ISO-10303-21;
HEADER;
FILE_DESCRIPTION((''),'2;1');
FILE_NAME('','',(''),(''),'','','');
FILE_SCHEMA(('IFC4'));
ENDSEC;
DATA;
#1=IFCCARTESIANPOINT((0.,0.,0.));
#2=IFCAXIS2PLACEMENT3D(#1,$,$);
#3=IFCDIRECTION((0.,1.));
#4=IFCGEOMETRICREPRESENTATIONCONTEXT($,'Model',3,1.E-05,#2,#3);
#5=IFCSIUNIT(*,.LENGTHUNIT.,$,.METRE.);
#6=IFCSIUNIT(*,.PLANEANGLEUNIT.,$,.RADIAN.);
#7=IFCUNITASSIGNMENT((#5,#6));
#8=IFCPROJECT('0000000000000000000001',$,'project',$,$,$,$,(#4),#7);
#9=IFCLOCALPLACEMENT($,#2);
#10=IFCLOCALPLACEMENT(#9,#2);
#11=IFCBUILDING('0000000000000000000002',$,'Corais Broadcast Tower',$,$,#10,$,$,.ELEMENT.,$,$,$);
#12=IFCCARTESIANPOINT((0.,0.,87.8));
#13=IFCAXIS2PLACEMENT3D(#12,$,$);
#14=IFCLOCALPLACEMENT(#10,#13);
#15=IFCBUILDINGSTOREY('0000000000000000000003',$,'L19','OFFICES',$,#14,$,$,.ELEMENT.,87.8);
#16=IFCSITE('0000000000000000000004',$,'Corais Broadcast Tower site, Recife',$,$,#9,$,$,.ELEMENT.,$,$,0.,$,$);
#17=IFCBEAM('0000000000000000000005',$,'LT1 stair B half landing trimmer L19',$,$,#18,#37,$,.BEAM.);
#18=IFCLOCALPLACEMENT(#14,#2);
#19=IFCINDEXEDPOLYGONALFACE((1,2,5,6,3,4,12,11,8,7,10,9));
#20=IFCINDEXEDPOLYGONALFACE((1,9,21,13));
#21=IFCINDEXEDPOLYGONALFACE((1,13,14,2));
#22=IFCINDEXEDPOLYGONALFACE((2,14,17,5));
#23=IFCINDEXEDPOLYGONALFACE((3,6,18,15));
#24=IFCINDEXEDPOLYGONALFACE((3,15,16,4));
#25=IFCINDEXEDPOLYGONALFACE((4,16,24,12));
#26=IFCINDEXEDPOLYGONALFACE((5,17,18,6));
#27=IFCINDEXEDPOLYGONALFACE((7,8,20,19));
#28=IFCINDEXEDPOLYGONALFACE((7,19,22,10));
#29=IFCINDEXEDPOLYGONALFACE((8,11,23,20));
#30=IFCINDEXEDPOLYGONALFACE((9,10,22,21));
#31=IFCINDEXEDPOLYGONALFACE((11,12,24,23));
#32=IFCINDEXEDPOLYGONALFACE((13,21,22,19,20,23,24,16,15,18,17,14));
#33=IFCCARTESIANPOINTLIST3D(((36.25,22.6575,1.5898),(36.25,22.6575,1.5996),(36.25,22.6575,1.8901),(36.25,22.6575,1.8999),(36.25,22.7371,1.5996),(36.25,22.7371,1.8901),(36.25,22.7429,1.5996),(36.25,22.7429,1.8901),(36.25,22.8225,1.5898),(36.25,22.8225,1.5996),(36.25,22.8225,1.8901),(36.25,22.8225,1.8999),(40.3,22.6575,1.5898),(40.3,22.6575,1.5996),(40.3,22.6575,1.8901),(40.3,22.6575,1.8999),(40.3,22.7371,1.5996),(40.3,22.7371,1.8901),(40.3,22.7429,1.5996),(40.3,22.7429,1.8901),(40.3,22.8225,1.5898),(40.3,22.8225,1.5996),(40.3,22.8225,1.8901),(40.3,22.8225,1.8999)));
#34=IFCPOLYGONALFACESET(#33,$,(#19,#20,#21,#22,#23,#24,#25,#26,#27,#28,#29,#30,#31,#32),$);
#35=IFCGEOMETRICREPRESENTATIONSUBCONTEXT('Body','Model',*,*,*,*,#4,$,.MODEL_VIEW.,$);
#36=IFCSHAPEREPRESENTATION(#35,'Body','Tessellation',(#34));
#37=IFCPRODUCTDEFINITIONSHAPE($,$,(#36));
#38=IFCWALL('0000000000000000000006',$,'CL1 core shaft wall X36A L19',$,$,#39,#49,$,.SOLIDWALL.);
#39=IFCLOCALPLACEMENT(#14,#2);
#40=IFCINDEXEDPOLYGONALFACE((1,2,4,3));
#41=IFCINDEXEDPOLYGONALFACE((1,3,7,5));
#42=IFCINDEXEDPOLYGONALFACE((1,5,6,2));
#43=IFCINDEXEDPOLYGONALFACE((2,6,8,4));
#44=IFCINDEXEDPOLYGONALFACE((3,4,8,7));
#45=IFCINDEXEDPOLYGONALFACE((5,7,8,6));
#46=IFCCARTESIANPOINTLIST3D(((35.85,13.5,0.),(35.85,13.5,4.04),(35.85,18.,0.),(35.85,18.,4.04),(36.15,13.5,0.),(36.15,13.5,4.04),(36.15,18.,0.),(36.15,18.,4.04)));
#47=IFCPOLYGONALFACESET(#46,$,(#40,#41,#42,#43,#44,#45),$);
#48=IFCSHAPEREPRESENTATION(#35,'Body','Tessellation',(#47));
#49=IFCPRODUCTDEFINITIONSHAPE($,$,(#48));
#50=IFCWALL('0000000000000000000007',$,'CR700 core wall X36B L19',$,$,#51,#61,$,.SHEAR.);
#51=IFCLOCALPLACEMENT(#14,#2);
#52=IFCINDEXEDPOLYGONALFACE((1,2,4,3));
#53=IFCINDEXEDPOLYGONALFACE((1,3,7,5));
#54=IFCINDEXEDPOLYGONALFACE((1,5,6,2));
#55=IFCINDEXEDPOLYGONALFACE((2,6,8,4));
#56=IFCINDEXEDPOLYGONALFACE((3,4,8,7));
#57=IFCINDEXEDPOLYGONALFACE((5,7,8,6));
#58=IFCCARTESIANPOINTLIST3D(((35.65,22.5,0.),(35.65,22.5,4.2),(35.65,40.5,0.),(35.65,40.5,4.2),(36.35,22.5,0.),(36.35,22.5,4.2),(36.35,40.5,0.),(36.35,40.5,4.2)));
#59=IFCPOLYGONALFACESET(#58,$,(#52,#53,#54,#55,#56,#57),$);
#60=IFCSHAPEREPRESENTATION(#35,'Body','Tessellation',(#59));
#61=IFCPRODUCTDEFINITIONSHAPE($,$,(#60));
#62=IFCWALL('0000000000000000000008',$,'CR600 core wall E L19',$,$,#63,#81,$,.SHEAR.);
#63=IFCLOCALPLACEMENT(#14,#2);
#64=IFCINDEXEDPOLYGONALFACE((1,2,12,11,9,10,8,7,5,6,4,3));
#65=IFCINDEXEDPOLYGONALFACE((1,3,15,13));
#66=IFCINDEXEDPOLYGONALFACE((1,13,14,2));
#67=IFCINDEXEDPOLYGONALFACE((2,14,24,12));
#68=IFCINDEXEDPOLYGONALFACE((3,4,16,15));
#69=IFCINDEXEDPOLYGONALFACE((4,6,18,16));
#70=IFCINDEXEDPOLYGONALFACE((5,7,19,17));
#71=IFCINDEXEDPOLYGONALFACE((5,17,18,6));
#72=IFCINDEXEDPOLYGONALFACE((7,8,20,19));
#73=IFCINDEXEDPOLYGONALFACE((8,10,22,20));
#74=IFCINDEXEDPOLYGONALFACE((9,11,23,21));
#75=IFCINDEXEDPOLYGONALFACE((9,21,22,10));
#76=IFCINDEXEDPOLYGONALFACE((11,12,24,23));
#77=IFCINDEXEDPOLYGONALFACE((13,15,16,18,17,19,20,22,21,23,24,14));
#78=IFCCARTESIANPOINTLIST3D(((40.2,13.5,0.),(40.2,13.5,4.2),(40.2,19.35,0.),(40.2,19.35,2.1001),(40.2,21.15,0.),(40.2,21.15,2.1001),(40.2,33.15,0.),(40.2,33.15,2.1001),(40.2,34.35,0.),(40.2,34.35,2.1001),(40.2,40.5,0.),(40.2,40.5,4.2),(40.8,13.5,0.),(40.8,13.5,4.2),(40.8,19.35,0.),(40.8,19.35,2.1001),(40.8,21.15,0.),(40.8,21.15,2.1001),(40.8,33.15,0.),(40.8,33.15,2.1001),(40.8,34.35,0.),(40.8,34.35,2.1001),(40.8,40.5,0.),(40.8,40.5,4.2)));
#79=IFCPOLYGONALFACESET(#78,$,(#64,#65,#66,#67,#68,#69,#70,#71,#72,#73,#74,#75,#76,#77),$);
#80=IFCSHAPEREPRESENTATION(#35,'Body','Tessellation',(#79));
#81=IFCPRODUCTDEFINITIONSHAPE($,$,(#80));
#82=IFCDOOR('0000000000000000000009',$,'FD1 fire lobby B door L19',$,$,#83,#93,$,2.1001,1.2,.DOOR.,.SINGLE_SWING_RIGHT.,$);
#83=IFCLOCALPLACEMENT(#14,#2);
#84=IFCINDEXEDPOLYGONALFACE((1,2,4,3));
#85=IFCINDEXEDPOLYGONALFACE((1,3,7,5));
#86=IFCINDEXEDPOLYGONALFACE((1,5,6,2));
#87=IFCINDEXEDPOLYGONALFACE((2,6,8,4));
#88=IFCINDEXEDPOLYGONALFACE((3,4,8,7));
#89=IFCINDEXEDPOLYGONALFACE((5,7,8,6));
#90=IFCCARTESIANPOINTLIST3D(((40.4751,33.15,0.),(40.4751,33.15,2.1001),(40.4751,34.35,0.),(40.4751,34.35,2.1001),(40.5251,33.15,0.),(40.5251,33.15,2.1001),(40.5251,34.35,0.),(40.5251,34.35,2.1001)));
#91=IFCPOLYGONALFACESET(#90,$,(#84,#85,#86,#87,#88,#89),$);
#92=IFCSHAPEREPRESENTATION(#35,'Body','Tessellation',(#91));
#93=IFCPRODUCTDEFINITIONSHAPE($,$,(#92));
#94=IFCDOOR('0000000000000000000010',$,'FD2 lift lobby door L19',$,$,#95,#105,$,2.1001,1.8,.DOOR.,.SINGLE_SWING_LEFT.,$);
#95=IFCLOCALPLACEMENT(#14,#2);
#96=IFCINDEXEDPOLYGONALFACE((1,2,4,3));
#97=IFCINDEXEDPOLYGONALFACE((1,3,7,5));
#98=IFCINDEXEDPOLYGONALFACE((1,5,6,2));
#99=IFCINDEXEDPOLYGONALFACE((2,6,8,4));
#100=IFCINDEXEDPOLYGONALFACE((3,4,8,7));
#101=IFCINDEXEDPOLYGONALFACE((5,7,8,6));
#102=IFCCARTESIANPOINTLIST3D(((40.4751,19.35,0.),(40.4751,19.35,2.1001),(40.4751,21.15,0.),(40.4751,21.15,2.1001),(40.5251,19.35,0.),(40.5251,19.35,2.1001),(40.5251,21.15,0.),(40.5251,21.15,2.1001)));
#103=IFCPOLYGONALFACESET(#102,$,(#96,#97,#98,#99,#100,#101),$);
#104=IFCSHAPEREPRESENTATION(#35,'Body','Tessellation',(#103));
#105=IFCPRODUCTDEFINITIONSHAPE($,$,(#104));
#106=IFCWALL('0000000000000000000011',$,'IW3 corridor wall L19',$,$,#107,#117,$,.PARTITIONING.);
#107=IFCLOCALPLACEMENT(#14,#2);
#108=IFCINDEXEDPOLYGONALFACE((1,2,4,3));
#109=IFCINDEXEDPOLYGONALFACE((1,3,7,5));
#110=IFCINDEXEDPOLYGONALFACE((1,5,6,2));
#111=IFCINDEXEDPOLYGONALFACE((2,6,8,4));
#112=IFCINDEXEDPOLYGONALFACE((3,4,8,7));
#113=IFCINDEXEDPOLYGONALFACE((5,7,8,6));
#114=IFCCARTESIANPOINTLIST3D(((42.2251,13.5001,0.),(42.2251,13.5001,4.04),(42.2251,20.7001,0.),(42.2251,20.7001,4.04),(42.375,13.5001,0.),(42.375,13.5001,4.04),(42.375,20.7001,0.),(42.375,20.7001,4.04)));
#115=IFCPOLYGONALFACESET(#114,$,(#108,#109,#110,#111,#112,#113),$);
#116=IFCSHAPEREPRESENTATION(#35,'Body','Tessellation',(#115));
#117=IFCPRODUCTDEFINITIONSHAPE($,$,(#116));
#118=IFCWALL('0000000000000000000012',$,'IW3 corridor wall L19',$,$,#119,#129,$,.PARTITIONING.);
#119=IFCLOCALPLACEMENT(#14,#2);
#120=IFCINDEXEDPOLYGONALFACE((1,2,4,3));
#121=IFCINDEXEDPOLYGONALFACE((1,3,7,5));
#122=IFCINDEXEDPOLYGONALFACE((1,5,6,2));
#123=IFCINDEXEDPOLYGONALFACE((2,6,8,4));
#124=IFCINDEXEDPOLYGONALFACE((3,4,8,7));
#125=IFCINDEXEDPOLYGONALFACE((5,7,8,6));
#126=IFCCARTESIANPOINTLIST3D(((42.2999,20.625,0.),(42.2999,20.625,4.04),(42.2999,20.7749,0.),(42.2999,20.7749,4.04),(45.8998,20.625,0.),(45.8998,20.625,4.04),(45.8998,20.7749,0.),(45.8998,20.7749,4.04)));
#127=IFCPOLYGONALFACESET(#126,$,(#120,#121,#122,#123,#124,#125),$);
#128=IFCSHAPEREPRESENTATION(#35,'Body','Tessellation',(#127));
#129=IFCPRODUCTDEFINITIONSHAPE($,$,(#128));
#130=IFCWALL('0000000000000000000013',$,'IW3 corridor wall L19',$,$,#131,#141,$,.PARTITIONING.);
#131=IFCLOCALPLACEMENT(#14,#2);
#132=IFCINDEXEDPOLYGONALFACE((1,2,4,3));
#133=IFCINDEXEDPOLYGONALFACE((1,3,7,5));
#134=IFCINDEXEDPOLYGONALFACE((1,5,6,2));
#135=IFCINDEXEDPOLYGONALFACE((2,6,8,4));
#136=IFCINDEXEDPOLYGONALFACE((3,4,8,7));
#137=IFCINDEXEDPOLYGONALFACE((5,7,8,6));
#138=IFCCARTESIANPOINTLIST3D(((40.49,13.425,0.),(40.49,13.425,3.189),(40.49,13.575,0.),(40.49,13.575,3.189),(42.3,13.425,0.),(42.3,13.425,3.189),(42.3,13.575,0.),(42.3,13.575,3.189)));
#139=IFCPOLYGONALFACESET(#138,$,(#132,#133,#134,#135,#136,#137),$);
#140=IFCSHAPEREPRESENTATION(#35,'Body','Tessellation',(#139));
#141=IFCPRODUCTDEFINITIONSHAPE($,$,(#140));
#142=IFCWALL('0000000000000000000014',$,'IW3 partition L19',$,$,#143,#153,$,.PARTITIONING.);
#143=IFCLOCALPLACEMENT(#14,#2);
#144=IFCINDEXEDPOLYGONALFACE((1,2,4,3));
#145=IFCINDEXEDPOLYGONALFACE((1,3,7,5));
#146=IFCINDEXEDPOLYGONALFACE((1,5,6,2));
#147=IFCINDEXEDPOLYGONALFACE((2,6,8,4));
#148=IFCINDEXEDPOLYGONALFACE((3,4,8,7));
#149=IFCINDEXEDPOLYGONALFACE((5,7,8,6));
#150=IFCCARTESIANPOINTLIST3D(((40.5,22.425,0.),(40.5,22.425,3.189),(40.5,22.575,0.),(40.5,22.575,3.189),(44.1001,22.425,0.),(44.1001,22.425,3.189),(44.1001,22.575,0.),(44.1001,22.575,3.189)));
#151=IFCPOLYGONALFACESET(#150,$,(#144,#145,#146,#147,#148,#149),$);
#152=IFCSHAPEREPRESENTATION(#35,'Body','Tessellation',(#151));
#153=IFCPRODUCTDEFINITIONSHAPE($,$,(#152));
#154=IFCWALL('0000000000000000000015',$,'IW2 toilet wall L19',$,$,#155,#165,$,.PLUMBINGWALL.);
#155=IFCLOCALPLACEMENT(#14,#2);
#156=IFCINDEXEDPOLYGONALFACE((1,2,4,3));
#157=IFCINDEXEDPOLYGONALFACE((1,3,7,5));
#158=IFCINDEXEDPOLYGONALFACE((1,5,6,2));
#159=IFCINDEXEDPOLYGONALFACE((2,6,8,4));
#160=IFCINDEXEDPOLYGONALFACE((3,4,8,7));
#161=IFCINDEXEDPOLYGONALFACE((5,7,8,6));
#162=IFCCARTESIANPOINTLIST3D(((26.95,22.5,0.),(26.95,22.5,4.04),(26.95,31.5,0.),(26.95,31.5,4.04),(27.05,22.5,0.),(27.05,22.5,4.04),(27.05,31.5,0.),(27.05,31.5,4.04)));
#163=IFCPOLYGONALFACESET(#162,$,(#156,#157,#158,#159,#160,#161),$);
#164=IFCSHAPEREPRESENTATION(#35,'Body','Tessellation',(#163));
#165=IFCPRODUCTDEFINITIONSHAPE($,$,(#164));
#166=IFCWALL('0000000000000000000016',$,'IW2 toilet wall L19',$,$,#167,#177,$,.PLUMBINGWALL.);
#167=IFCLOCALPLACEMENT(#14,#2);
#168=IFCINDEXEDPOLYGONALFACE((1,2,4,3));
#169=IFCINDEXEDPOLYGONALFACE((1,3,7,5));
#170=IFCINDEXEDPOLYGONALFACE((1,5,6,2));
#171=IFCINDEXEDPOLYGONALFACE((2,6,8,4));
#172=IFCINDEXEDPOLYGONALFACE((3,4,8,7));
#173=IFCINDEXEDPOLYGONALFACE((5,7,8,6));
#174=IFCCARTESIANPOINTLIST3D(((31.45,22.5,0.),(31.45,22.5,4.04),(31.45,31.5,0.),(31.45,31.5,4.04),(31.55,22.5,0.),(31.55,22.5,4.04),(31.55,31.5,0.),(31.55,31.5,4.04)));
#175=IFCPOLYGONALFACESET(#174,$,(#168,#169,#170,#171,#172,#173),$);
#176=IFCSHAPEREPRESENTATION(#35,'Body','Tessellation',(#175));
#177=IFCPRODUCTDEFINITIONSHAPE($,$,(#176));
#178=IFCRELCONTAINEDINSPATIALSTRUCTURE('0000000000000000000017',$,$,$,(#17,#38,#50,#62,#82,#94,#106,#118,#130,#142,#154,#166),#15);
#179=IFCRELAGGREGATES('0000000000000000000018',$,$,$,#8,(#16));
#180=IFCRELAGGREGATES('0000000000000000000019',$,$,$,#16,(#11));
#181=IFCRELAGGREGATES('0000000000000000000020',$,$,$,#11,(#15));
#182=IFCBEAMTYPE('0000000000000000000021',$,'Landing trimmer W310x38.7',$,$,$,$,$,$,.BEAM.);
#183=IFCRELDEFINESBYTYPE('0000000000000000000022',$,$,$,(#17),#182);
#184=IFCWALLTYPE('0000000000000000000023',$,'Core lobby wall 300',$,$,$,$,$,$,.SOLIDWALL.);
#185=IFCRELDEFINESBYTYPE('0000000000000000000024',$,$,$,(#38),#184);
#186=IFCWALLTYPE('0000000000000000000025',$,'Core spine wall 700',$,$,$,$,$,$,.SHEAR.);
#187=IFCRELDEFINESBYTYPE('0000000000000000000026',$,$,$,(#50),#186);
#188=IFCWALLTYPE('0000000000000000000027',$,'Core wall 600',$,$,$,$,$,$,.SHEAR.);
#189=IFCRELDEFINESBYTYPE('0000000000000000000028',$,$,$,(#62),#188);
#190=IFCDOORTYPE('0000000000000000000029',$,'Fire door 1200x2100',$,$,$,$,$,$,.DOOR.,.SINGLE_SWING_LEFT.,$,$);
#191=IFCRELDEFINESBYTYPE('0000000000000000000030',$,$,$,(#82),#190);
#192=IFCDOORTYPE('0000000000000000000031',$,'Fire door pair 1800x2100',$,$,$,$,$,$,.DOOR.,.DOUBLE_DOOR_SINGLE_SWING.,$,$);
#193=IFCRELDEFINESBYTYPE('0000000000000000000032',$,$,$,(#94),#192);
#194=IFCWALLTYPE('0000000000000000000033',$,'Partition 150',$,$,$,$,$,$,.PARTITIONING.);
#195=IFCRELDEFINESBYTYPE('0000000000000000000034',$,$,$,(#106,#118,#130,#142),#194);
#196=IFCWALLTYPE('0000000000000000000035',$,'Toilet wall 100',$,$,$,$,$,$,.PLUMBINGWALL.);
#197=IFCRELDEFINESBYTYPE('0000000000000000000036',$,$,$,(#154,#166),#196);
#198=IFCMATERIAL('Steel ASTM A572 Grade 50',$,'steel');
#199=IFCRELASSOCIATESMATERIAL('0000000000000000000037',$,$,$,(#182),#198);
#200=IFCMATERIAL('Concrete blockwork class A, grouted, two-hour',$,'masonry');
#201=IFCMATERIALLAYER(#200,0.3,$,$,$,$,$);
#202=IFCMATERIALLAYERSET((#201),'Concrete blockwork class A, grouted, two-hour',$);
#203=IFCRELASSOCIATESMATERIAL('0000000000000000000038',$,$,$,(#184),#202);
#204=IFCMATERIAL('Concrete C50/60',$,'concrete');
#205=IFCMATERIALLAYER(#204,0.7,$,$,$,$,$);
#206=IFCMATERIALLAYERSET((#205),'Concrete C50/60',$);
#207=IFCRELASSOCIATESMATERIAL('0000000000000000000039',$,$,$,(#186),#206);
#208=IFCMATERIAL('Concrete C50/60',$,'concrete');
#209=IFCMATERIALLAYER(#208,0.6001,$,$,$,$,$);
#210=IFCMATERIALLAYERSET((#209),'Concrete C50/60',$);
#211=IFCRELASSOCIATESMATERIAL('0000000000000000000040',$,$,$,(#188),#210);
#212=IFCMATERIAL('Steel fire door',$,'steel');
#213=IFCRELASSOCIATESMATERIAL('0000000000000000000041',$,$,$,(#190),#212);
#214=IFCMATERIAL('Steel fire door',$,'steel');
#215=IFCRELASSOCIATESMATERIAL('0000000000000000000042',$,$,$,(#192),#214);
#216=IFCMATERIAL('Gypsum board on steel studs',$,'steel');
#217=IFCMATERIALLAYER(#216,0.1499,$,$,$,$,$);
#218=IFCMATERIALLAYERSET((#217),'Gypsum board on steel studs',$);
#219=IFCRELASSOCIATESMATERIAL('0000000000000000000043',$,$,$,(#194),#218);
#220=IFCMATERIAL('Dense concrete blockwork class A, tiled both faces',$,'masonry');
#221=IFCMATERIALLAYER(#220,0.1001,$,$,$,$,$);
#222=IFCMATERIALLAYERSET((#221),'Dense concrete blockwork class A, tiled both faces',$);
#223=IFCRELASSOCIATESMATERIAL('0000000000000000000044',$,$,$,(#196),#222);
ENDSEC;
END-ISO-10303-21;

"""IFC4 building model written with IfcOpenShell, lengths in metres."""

from ifc_helpers import new_model, si_unit, direction, frame, frame_2d, origin, origin_2d, place, context, subcontext, project, spatial, rectangle, i_section, extrude, material, layer, layer_set, material_profile, profile_set, type_object, element, fill, save


model = new_model("IFC4")

# Units and contexts
model_context = context("Model", 3, precision=1e-05, world=origin(), true_north=direction((0.0, 1.0)))
body_context = subcontext(model_context, "Body", "Model", "MODEL_VIEW")
ifc_project = project(units=[si_unit("LENGTHUNIT", "METRE"), si_unit("PLANEANGLEUNIT", "RADIAN")], contexts=[model_context])

# Site, building, storey
site_placement = place(None, origin())
site = spatial("IfcSite", under=ifc_project, at=site_placement, Name="Corais Broadcast Tower site, Recife", CompositionType="ELEMENT", RefElevation=0.0)
building_placement = place(site_placement, origin())
building = spatial("IfcBuilding", under=site, at=building_placement, Name="Corais Broadcast Tower", CompositionType="ELEMENT")
storey_placement = place(building_placement, frame((0.0, 0.0, 87.8)))
storey = spatial("IfcBuildingStorey", under=building, at=storey_placement, Name="L19", Description="OFFICES", CompositionType="ELEMENT", Elevation=87.8)

# Beam
ifc_material_1 = material(Name="Steel ASTM A572 Grade 50", Category="steel")
ifc_material_profile = material_profile(ifc_material_1, i_section(OverallWidth=0.165, OverallDepth=0.3101, WebThickness=0.0059, FlangeThickness=0.0098, at=origin_2d()), Name="W310x38.7")
ifc_profile_set = profile_set([ifc_material_profile], Name="Steel ASTM A572 Grade 50")
beam_type = type_object("IfcBeamType", Name="Landing trimmer W310x38.7", PredefinedType="BEAM", material=ifc_profile_set)
beam_placement = place(storey_placement, frame((36.25, 22.74, 1.7449), z_axis=(1.0, 0.0, 0.0), x_axis=(0.0, 1.0, 0.0)))
element("IfcBeam", 1, at=beam_placement, inside=storey, type_object=beam_type, Name="LT1 stair B half landing trimmer L19", PredefinedType="BEAM", context=body_context, shape_type="SweptSolid", body=[
    extrude(i_section(OverallWidth=0.165, OverallDepth=0.3101, WebThickness=0.0059, FlangeThickness=0.0098, at=origin_2d()), origin(), (0.0, 0.0, 1.0), 4.05),
])

# Walls
ifc_material_2 = material(Name="Concrete blockwork class A, grouted, two-hour", Category="masonry")
ifc_layer_1 = layer(ifc_material_2, 0.3)
ifc_layer_set_1 = layer_set([ifc_layer_1], Name="Concrete blockwork class A, grouted, two-hour")
wall_type_1 = type_object("IfcWallType", Name="Core lobby wall 300", PredefinedType="SOLIDWALL", material=ifc_layer_set_1)
wall_1_placement = place(storey_placement, frame((36.0, 13.5, 0.0), z_axis=(0.0, 0.0, 1.0), x_axis=(0.0, 1.0, 0.0)))
element("IfcWall", 2, at=wall_1_placement, inside=storey, type_object=wall_type_1, Name="CL1 core shaft wall X36A L19", PredefinedType="SOLIDWALL", context=body_context, shape_type="SweptSolid", body=[
    extrude(rectangle(XDim=4.5, YDim=0.3, at=frame_2d((2.25, 0.0))), origin(), (0.0, 0.0, 1.0), 4.04),
])
ifc_material_3 = material(Name="Concrete C50/60", Category="concrete")
ifc_layer_2 = layer(ifc_material_3, 0.7)
ifc_layer_set_2 = layer_set([ifc_layer_2], Name="Concrete C50/60")
wall_type_2 = type_object("IfcWallType", Name="Core spine wall 700", PredefinedType="SHEAR", material=ifc_layer_set_2)
wall_2_placement = place(storey_placement, frame((36.0, 22.5, 0.0), z_axis=(0.0, 0.0, 1.0), x_axis=(0.0, 1.0, 0.0)))
element("IfcWall", 3, at=wall_2_placement, inside=storey, type_object=wall_type_2, Name="CR700 core wall X36B L19", PredefinedType="SHEAR", context=body_context, shape_type="SweptSolid", body=[
    extrude(rectangle(XDim=18.0, YDim=0.7, at=frame_2d((9.0, 0.0))), origin(), (0.0, 0.0, 1.0), 4.2),
])

# Wall, openings, doors
ifc_material_4 = material(Name="Concrete C50/60", Category="concrete")
ifc_layer_3 = layer(ifc_material_4, 0.6001)
ifc_layer_set_3 = layer_set([ifc_layer_3], Name="Concrete C50/60")
wall_type_3 = type_object("IfcWallType", Name="Core wall 600", PredefinedType="SHEAR", material=ifc_layer_set_3)
wall_3_placement = place(storey_placement, frame((40.5, 13.5, 0.0), z_axis=(0.0, 0.0, 1.0), x_axis=(0.0, 1.0, 0.0)))
wall_3 = element("IfcWall", 4, at=wall_3_placement, inside=storey, type_object=wall_type_3, Name="CR600 core wall E L19", PredefinedType="SHEAR", context=body_context, shape_type="SweptSolid", body=[
    extrude(rectangle(XDim=27.0, YDim=0.6001, at=frame_2d((13.5, 0.0))), origin(), (0.0, 0.0, 1.0), 4.2),
])
opening_1_placement = place(wall_3_placement, frame((5.8501, 0.0, 0.0)))
opening_1 = element("IfcOpeningElement", 5, at=opening_1_placement, cuts=wall_3, PredefinedType="OPENING", context=body_context, shape_type="SweptSolid", body=[
    extrude(rectangle(XDim=1.8, YDim=2.1001, at=frame_2d((0.8999, 1.05))), frame((0.0, 0.3101, 0.0), z_axis=(0.0, -1.0, 0.0), x_axis=(1.0, 0.0, 0.0)), (0.0, 0.0, 1.0), 0.6201),
])
opening_2_placement = place(wall_3_placement, frame((19.6499, 0.0, 0.0)))
opening_2 = element("IfcOpeningElement", 6, at=opening_2_placement, cuts=wall_3, PredefinedType="OPENING", context=body_context, shape_type="SweptSolid", body=[
    extrude(rectangle(XDim=1.2, YDim=2.1001, at=frame_2d((0.6001, 1.05))), frame((0.0, 0.3101, 0.0), z_axis=(0.0, -1.0, 0.0), x_axis=(1.0, 0.0, 0.0)), (0.0, 0.0, 1.0), 0.6201),
])
ifc_material_5 = material(Name="Steel fire door", Category="steel")
door_type_1 = type_object("IfcDoorType", Name="Fire door 1200x2100", OperationType="SINGLE_SWING_LEFT", PredefinedType="DOOR", material=ifc_material_5)
door_1_placement = place(opening_2_placement, origin())
door_1 = element("IfcDoor", 7, at=door_1_placement, inside=storey, type_object=door_type_1, Name="FD1 fire lobby B door L19", OperationType="SINGLE_SWING_RIGHT", OverallHeight=2.1001, OverallWidth=1.2, PredefinedType="DOOR", context=body_context, shape_type="SweptSolid", body=[
    extrude(rectangle(XDim=1.2, YDim=2.1001, at=frame_2d((0.6001, 1.05))), frame((0.0, 0.0249, 0.0), z_axis=(0.0, -1.0, 0.0), x_axis=(1.0, 0.0, 0.0)), (0.0, 0.0, 1.0), 0.05),
])
fill(opening_2, door_1)
ifc_material_6 = material(Name="Steel fire door", Category="steel")
door_type_2 = type_object("IfcDoorType", Name="Fire door pair 1800x2100", OperationType="DOUBLE_DOOR_SINGLE_SWING", PredefinedType="DOOR", material=ifc_material_6)
door_2_placement = place(opening_1_placement, origin())
door_2 = element("IfcDoor", 8, at=door_2_placement, inside=storey, type_object=door_type_2, Name="FD2 lift lobby door L19", OperationType="SINGLE_SWING_LEFT", OverallHeight=2.1001, OverallWidth=1.8, PredefinedType="DOOR", context=body_context, shape_type="SweptSolid", body=[
    extrude(rectangle(XDim=1.8, YDim=2.1001, at=frame_2d((0.8999, 1.05))), frame((0.0, 0.0249, 0.0), z_axis=(0.0, -1.0, 0.0), x_axis=(1.0, 0.0, 0.0)), (0.0, 0.0, 1.0), 0.05),
])
fill(opening_1, door_2)

# Walls
ifc_material_7 = material(Name="Gypsum board on steel studs", Category="steel")
ifc_layer_4 = layer(ifc_material_7, 0.1499)
ifc_layer_set_4 = layer_set([ifc_layer_4], Name="Gypsum board on steel studs")
wall_type_4 = type_object("IfcWallType", Name="Partition 150", PredefinedType="PARTITIONING", material=ifc_layer_set_4)
wall_4_placement = place(storey_placement, frame((42.3, 13.5, 0.0), z_axis=(0.0, 0.0, 1.0), x_axis=(0.0, 1.0, 0.0)))
element("IfcWall", 9, at=wall_4_placement, inside=storey, type_object=wall_type_4, Name="IW3 corridor wall L19", PredefinedType="PARTITIONING", context=body_context, shape_type="SweptSolid", body=[
    extrude(rectangle(XDim=7.2, YDim=0.1499, at=frame_2d((3.6001, 0.0))), origin(), (0.0, 0.0, 1.0), 4.04),
])
wall_5_placement = place(storey_placement, frame((42.3, 20.7, 0.0), z_axis=(0.0, 0.0, 1.0), x_axis=(1.0, 0.0, 0.0)))
element("IfcWall", 10, at=wall_5_placement, inside=storey, type_object=wall_type_4, Name="IW3 corridor wall L19", PredefinedType="PARTITIONING", context=body_context, shape_type="SweptSolid", body=[
    extrude(rectangle(XDim=3.5999, YDim=0.1499, at=frame_2d((1.7998, 0.0))), origin(), (0.0, 0.0, 1.0), 4.04),
])
wall_6_placement = place(storey_placement, frame((40.49, 13.5, 0.0), z_axis=(0.0, 0.0, 1.0), x_axis=(1.0, 0.0, 0.0)))
element("IfcWall", 11, at=wall_6_placement, inside=storey, type_object=wall_type_4, Name="IW3 corridor wall L19", PredefinedType="PARTITIONING", context=body_context, shape_type="SweptSolid", body=[
    extrude(rectangle(XDim=1.8101, YDim=0.1499, at=frame_2d((0.905, 0.0))), origin(), (0.0, 0.0, 1.0), 3.189),
])
wall_7_placement = place(storey_placement, frame((40.5, 22.5, 0.0), z_axis=(0.0, 0.0, 1.0), x_axis=(1.0, 0.0, 0.0)))
element("IfcWall", 12, at=wall_7_placement, inside=storey, type_object=wall_type_4, Name="IW3 partition L19", PredefinedType="PARTITIONING", context=body_context, shape_type="SweptSolid", body=[
    extrude(rectangle(XDim=3.6001, YDim=0.1499, at=frame_2d((1.8, 0.0))), origin(), (0.0, 0.0, 1.0), 3.189),
])
ifc_material_8 = material(Name="Dense concrete blockwork class A, tiled both faces", Category="masonry")
ifc_layer_5 = layer(ifc_material_8, 0.1001)
ifc_layer_set_5 = layer_set([ifc_layer_5], Name="Dense concrete blockwork class A, tiled both faces")
wall_type_5 = type_object("IfcWallType", Name="Toilet wall 100", PredefinedType="PLUMBINGWALL", material=ifc_layer_set_5)
for number, where, z_axis, x_axis, name in (
    (13, (27.0, 22.5, 0.0), (0.0, 0.0, 1.0), (0.0, 1.0, 0.0), "IW2 toilet wall L19"),
    (14, (31.5, 22.5, 0.0), (0.0, 0.0, 1.0), (0.0, 1.0, 0.0), "IW2 toilet wall L19"),
):
    element("IfcWall", number, at=place(storey_placement, frame(where, z_axis=z_axis, x_axis=x_axis)), inside=storey, type_object=wall_type_5, Name=name, PredefinedType="PLUMBINGWALL", context=body_context, shape_type="SweptSolid", body=[
        extrude(rectangle(XDim=9.0, YDim=0.1001, at=frame_2d((4.5, 0.0))), origin(), (0.0, 0.0, 1.0), 4.04),
    ])

save(model, "model.ifc")
